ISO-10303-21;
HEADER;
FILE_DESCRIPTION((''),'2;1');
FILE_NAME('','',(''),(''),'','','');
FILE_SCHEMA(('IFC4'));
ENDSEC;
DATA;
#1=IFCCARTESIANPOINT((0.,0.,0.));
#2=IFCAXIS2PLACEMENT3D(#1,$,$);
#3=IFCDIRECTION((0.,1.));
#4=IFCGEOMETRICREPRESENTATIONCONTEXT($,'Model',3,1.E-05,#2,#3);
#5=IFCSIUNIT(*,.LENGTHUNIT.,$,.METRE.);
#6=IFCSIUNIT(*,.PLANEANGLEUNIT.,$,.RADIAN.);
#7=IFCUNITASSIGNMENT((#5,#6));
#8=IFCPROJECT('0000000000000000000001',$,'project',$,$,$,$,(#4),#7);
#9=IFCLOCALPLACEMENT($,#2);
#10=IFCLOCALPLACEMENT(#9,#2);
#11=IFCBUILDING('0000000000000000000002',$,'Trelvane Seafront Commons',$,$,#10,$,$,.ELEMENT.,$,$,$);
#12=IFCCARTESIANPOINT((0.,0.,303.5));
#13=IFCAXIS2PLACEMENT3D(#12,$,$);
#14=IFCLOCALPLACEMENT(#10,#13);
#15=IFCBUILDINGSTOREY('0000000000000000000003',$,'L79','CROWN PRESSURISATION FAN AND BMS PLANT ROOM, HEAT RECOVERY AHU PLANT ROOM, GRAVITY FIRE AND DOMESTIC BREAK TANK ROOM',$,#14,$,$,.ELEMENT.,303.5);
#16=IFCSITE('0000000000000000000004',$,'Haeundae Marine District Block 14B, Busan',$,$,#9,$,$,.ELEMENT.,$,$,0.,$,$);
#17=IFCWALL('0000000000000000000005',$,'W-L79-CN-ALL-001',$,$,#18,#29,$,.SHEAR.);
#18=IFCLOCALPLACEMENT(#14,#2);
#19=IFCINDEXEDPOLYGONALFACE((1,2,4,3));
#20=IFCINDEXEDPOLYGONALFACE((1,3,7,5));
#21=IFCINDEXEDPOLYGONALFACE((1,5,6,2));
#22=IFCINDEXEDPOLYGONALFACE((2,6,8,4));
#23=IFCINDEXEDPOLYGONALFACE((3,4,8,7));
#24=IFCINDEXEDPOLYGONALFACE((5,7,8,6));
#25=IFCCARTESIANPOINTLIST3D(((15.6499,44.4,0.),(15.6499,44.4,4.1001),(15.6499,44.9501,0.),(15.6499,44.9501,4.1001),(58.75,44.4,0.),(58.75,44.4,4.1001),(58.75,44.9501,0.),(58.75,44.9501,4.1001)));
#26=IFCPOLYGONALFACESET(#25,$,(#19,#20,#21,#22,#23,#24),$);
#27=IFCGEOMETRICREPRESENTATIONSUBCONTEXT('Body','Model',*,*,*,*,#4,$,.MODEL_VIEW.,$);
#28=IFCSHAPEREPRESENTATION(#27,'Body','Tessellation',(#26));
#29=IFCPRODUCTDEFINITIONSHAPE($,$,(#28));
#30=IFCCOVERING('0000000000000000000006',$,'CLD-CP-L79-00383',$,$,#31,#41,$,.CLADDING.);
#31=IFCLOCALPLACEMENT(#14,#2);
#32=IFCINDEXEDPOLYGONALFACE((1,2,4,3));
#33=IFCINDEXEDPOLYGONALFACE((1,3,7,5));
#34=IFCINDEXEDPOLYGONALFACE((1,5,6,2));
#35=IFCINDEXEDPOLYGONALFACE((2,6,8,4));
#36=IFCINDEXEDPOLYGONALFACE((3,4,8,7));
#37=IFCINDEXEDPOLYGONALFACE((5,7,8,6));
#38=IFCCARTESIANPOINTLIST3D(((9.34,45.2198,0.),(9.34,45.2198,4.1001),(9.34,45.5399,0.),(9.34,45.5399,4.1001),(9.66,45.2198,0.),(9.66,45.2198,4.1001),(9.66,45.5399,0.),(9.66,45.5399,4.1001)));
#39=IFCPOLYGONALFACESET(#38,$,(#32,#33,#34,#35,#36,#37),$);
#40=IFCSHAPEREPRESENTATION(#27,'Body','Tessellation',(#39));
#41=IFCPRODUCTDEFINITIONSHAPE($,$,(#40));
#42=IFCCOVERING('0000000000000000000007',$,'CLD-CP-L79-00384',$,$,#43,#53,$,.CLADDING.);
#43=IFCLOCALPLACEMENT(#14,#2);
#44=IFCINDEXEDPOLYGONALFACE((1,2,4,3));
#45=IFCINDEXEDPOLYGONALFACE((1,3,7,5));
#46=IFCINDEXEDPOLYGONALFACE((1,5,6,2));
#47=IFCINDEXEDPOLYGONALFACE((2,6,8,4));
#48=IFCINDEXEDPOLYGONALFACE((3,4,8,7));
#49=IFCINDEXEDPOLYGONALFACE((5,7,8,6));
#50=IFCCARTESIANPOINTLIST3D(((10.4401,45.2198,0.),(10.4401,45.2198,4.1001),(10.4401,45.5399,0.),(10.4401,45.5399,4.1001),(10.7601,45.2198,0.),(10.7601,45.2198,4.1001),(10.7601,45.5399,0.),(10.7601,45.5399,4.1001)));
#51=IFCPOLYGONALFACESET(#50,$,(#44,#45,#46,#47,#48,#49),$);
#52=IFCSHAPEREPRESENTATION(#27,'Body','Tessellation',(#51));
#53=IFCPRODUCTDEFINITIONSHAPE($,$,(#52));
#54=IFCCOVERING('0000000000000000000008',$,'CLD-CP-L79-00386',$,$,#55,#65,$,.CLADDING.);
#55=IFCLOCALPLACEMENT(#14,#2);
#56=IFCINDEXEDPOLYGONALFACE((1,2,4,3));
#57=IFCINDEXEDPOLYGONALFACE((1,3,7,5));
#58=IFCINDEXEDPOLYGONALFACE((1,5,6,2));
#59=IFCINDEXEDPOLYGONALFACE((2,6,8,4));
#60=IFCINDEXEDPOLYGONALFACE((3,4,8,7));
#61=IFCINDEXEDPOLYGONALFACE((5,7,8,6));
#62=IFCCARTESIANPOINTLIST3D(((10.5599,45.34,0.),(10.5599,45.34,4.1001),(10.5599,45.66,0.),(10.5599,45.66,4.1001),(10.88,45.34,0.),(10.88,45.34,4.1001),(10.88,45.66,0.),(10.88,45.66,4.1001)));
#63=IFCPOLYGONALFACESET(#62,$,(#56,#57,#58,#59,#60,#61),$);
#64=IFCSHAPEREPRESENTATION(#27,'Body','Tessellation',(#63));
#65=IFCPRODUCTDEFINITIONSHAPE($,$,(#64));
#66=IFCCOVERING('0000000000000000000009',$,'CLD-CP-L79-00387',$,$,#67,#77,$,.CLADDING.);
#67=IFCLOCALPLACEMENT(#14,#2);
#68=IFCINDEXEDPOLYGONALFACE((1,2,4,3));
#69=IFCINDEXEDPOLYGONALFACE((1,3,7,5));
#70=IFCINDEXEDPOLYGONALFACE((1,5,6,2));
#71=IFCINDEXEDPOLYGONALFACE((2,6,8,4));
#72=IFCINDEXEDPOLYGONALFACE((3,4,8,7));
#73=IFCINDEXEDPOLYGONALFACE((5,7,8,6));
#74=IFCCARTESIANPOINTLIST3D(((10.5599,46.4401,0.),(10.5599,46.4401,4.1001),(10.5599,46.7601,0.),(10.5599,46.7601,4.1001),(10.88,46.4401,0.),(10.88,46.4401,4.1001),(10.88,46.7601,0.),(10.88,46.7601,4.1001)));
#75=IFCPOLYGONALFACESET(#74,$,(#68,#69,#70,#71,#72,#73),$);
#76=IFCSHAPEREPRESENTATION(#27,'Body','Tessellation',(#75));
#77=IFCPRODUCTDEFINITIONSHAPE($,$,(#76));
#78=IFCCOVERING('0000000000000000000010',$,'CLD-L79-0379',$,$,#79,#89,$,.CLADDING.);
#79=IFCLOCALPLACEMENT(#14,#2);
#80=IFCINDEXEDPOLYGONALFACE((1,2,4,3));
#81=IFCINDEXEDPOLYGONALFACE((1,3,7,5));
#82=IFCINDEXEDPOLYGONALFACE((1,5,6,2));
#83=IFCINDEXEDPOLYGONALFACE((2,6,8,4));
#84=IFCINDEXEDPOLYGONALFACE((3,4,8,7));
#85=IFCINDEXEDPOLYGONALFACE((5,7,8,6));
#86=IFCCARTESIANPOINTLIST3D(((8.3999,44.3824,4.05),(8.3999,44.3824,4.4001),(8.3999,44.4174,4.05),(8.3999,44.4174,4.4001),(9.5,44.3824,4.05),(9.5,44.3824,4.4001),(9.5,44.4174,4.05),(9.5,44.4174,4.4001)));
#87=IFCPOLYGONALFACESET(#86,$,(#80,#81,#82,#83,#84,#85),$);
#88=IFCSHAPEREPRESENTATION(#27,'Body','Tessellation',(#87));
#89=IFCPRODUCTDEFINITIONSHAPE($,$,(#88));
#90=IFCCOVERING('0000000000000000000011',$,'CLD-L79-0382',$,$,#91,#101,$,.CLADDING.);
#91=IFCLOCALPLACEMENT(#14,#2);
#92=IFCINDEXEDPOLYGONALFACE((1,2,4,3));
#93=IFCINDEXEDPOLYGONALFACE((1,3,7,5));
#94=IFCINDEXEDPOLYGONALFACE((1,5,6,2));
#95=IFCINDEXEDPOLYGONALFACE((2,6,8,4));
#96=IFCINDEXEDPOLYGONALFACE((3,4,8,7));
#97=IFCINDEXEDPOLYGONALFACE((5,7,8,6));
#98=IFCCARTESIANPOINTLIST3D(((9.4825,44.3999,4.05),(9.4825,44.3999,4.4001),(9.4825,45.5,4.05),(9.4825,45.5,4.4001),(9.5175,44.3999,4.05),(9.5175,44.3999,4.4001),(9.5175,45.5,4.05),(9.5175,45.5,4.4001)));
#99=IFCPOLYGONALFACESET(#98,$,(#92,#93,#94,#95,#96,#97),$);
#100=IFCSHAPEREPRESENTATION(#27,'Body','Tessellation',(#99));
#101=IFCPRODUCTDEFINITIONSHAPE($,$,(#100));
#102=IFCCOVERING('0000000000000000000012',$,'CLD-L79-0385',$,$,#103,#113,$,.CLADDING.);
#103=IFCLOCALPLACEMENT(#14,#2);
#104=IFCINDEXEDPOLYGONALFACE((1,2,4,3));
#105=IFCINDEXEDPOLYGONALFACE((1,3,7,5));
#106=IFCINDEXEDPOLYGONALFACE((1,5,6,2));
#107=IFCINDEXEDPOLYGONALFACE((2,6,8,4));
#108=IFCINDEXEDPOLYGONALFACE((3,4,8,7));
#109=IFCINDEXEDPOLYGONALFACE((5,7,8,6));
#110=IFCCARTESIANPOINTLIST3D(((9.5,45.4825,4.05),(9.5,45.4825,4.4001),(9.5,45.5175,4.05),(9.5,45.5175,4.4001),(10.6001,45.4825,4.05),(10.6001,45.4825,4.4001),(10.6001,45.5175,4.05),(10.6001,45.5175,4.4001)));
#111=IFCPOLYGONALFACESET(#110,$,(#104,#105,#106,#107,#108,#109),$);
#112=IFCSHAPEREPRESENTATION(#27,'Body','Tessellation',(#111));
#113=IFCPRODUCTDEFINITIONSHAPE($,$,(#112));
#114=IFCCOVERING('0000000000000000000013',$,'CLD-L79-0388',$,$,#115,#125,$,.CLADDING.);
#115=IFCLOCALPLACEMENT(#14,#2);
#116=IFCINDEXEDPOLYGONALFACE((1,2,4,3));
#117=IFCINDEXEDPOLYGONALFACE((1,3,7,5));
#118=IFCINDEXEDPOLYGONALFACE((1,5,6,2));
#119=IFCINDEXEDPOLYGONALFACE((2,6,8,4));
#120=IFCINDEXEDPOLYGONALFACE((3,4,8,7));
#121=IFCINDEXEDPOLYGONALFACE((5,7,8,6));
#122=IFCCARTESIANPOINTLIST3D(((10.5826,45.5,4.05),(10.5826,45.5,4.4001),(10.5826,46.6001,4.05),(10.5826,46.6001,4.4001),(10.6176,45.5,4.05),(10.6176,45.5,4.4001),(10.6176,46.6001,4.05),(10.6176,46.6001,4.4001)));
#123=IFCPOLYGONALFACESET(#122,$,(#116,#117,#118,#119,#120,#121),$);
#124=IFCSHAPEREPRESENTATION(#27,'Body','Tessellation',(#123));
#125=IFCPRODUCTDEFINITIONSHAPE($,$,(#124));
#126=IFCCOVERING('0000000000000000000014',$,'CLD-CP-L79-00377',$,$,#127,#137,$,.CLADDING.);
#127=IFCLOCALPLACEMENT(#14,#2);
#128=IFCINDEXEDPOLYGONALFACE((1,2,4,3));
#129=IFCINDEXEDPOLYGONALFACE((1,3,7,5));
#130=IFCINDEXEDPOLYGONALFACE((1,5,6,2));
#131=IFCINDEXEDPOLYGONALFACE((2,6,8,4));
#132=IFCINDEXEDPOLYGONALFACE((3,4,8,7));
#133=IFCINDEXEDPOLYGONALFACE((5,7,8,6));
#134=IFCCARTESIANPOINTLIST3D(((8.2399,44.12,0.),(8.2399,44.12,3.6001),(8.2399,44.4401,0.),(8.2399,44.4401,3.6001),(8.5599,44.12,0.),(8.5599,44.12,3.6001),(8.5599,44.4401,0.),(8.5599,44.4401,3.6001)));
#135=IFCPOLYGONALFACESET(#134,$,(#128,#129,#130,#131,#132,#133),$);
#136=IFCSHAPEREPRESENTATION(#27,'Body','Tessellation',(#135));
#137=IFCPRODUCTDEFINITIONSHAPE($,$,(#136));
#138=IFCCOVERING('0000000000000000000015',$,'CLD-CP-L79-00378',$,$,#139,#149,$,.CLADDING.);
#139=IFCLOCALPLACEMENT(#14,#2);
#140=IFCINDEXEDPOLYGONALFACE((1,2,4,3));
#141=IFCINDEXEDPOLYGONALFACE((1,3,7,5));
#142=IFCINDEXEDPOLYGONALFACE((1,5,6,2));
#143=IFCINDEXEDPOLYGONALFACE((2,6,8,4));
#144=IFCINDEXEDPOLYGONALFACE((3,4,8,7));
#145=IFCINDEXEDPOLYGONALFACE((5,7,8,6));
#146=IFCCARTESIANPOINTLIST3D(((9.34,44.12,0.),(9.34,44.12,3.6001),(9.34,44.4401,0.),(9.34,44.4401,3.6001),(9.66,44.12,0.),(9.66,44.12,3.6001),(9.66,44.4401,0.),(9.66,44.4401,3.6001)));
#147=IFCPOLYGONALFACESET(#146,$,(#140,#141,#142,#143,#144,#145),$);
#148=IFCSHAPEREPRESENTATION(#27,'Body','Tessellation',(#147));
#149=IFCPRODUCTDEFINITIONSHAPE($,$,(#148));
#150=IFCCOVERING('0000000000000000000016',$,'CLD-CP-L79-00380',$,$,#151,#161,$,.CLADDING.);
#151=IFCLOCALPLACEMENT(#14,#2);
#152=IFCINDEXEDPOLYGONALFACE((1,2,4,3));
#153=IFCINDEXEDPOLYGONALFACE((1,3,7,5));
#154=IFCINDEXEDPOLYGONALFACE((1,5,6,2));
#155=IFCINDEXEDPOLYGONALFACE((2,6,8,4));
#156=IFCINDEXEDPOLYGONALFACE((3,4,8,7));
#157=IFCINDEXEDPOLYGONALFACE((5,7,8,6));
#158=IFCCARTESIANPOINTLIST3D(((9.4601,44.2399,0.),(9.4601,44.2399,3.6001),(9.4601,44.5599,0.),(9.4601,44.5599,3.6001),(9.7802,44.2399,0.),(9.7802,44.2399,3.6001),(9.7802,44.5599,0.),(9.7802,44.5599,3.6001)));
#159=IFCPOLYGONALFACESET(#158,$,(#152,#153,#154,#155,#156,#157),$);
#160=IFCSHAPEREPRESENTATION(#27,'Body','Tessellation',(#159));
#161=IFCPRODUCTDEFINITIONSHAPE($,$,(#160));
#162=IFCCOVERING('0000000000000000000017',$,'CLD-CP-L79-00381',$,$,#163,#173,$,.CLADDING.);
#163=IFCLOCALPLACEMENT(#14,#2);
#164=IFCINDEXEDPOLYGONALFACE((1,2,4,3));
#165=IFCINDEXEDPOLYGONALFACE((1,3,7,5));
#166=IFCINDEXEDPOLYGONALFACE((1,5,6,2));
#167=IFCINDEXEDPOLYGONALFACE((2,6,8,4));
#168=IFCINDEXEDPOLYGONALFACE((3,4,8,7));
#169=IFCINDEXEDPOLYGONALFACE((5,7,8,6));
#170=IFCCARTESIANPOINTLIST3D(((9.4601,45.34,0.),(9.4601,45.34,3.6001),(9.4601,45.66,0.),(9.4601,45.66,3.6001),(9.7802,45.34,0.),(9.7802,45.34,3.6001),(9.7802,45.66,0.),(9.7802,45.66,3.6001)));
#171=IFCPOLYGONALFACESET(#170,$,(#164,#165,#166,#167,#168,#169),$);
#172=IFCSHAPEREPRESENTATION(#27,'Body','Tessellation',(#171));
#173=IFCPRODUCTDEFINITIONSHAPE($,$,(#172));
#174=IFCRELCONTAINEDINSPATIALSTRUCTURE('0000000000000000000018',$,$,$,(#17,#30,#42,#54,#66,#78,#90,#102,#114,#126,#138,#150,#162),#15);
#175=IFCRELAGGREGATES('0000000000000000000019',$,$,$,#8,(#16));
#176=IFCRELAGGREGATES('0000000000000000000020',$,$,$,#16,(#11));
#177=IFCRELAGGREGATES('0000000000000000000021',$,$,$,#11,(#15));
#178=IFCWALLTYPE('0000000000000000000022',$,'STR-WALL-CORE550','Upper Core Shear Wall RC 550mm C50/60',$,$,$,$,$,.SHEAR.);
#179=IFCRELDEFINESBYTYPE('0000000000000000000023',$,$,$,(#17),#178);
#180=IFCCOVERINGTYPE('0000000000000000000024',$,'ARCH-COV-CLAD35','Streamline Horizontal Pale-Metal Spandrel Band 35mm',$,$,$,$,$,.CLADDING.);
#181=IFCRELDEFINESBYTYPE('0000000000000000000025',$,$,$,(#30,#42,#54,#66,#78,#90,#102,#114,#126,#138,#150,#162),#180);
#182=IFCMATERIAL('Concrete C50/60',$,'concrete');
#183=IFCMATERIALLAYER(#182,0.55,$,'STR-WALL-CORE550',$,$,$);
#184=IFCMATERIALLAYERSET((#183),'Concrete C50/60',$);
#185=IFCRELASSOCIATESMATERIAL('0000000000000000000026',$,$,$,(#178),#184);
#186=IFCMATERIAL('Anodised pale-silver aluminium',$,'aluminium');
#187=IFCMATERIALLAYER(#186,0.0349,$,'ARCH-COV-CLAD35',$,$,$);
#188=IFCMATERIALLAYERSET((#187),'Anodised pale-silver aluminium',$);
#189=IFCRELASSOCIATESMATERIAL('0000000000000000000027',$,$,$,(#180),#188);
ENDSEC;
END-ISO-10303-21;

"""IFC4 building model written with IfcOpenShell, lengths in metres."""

from ifc_helpers import new_model, si_unit, direction, frame, frame_2d, origin, origin_2d, place, context, subcontext, project, spatial, rectangle, extrude, source, transform, mapped, material, layer, layer_set, type_object, element, save


model = new_model("IFC4")

# Units and contexts
model_context = context("Model", 3, precision=1e-05, world=origin(), true_north=direction((0.0, 1.0)))
body_context = subcontext(model_context, "Body", "Model", "MODEL_VIEW")
ifc_project = project(units=[si_unit("LENGTHUNIT", "METRE"), si_unit("PLANEANGLEUNIT", "RADIAN")], contexts=[model_context])

# Site, building, storey
site_placement = place(None, origin())
site = spatial("IfcSite", under=ifc_project, at=site_placement, Name="Haeundae Marine District Block 14B, Busan", CompositionType="ELEMENT", RefElevation=0.0)
building_placement = place(site_placement, origin())
building = spatial("IfcBuilding", under=site, at=building_placement, Name="Trelvane Seafront Commons", CompositionType="ELEMENT")
storey_placement = place(building_placement, frame((0.0, 0.0, 303.5)))
storey = spatial("IfcBuildingStorey", under=building, at=storey_placement, Name="L79", Description="CROWN PRESSURISATION FAN AND BMS PLANT ROOM, HEAT RECOVERY AHU PLANT ROOM, GRAVITY FIRE AND DOMESTIC BREAK TANK ROOM", CompositionType="ELEMENT", Elevation=303.5)

# Shared definitions
ifc_material_1 = material(Name="Anodised pale-silver aluminium", Category="aluminium")

# Wall
ifc_material_2 = material(Name="Concrete C50/60", Category="concrete")
ifc_layer_1 = layer(ifc_material_2, 0.55, Name="STR-WALL-CORE550")
ifc_layer_set_1 = layer_set([ifc_layer_1], Name="Concrete C50/60")
wall_type_1 = type_object("IfcWallType", Name="STR-WALL-CORE550", Description="Upper Core Shear Wall RC 550mm C50/60", PredefinedType="SHEAR", material=ifc_layer_set_1)
wall_placement = place(storey_placement, frame((15.6499, 44.675, 0.0), z_axis=(0.0, 0.0, 1.0), x_axis=(1.0, 0.0, 0.0)))
element("IfcWall", 1, at=wall_placement, inside=storey, type_object=wall_type_1, Name="W-L79-CN-ALL-001", PredefinedType="SHEAR", context=body_context, shape_type="SweptSolid", body=[
    extrude(rectangle(XDim=43.1001, YDim=0.55, at=frame_2d((21.55, 0.0))), origin(), (0.0, 0.0, 1.0), 4.1001),
])

# Coverings
ifc_layer_2 = layer(ifc_material_1, 0.0349, Name="ARCH-COV-CLAD35")
ifc_layer_set_2 = layer_set([ifc_layer_2], Name="Anodised pale-silver aluminium")
covering_type = type_object("IfcCoveringType", Name="ARCH-COV-CLAD35", Description="Streamline Horizontal Pale-Metal Spandrel Band 35mm", PredefinedType="CLADDING", material=ifc_layer_set_2)
shared_shape_1 = source(origin(), body_context, "Body", "SweptSolid", [
    extrude(rectangle(XDim=0.3201, YDim=0.3201, at=origin_2d()), origin(), (0.0, 0.0, 1.0), 4.1001),
])
for number, where, z_axis, x_axis, name in (
    (2, (9.5, 45.3799, 0.0), (0.0, 0.0, 1.0), (1.0, 0.0, 0.0), "CLD-CP-L79-00383"),
    (3, (10.6001, 45.3799, 0.0), (0.0, 0.0, 1.0), (1.0, 0.0, 0.0), "CLD-CP-L79-00384"),
    (4, (10.72, 45.5, 0.0), (0.0, 0.0, 1.0), (1.0, 0.0, 0.0), "CLD-CP-L79-00386"),
    (5, (10.72, 46.6001, 0.0), (0.0, 0.0, 1.0), (1.0, 0.0, 0.0), "CLD-CP-L79-00387"),
):
    element("IfcCovering", number, at=place(storey_placement, frame(where, z_axis=z_axis, x_axis=x_axis)), inside=storey, type_object=covering_type, Name=name, PredefinedType="CLADDING", context=body_context, shape_type="MappedRepresentation", body=[
        mapped(shared_shape_1, transform((0.0, 0.0, 0.0), x_axis=(1.0, 0.0, 0.0), y_axis=(0.0, 1.0, 0.0), z_axis=(0.0, 0.0, 1.0), scale=1.0)),
    ])
shared_shape_2 = source(origin(), body_context, "Body", "SweptSolid", [
    extrude(rectangle(XDim=1.1001, YDim=0.0349, at=origin_2d()), origin(), (0.0, 0.0, 1.0), 0.3501),
])
for number, where, z_axis, x_axis, name in (
    (6, (8.95, 44.3999, 4.05), (0.0, 0.0, 1.0), (1.0, 0.0, 0.0), "CLD-L79-0379"),
    (7, (9.5, 44.95, 4.05), (0.0, 0.0, 1.0), (0.0, 1.0, 0.0), "CLD-L79-0382"),
    (8, (10.05, 45.5, 4.05), (0.0, 0.0, 1.0), (1.0, 0.0, 0.0), "CLD-L79-0385"),
    (9, (10.6001, 46.05, 4.05), (0.0, 0.0, 1.0), (0.0, 1.0, 0.0), "CLD-L79-0388"),
):
    element("IfcCovering", number, at=place(storey_placement, frame(where, z_axis=z_axis, x_axis=x_axis)), inside=storey, type_object=covering_type, Name=name, PredefinedType="CLADDING", context=body_context, shape_type="MappedRepresentation", body=[
        mapped(shared_shape_2, transform((0.0, 0.0, 0.0), x_axis=(1.0, 0.0, 0.0), y_axis=(0.0, 1.0, 0.0), z_axis=(0.0, 0.0, 1.0), scale=1.0)),
    ])
shared_shape_3 = source(origin(), body_context, "Body", "SweptSolid", [
    extrude(rectangle(XDim=0.3201, YDim=0.3201, at=origin_2d()), origin(), (0.0, 0.0, 1.0), 3.6001),
])
for number, where, z_axis, x_axis, name in (
    (10, (8.3999, 44.28, 0.0), (0.0, 0.0, 1.0), (1.0, 0.0, 0.0), "CLD-CP-L79-00377"),
    (11, (9.5, 44.28, 0.0), (0.0, 0.0, 1.0), (1.0, 0.0, 0.0), "CLD-CP-L79-00378"),
    (12, (9.6201, 44.3999, 0.0), (0.0, 0.0, 1.0), (1.0, 0.0, 0.0), "CLD-CP-L79-00380"),
    (13, (9.6201, 45.5, 0.0), (0.0, 0.0, 1.0), (1.0, 0.0, 0.0), "CLD-CP-L79-00381"),
):
    element("IfcCovering", number, at=place(storey_placement, frame(where, z_axis=z_axis, x_axis=x_axis)), inside=storey, type_object=covering_type, Name=name, PredefinedType="CLADDING", context=body_context, shape_type="MappedRepresentation", body=[
        mapped(shared_shape_3, transform((0.0, 0.0, 0.0), x_axis=(1.0, 0.0, 0.0), y_axis=(0.0, 1.0, 0.0), z_axis=(0.0, 0.0, 1.0), scale=1.0)),
    ])

save(model, "model.ifc")
